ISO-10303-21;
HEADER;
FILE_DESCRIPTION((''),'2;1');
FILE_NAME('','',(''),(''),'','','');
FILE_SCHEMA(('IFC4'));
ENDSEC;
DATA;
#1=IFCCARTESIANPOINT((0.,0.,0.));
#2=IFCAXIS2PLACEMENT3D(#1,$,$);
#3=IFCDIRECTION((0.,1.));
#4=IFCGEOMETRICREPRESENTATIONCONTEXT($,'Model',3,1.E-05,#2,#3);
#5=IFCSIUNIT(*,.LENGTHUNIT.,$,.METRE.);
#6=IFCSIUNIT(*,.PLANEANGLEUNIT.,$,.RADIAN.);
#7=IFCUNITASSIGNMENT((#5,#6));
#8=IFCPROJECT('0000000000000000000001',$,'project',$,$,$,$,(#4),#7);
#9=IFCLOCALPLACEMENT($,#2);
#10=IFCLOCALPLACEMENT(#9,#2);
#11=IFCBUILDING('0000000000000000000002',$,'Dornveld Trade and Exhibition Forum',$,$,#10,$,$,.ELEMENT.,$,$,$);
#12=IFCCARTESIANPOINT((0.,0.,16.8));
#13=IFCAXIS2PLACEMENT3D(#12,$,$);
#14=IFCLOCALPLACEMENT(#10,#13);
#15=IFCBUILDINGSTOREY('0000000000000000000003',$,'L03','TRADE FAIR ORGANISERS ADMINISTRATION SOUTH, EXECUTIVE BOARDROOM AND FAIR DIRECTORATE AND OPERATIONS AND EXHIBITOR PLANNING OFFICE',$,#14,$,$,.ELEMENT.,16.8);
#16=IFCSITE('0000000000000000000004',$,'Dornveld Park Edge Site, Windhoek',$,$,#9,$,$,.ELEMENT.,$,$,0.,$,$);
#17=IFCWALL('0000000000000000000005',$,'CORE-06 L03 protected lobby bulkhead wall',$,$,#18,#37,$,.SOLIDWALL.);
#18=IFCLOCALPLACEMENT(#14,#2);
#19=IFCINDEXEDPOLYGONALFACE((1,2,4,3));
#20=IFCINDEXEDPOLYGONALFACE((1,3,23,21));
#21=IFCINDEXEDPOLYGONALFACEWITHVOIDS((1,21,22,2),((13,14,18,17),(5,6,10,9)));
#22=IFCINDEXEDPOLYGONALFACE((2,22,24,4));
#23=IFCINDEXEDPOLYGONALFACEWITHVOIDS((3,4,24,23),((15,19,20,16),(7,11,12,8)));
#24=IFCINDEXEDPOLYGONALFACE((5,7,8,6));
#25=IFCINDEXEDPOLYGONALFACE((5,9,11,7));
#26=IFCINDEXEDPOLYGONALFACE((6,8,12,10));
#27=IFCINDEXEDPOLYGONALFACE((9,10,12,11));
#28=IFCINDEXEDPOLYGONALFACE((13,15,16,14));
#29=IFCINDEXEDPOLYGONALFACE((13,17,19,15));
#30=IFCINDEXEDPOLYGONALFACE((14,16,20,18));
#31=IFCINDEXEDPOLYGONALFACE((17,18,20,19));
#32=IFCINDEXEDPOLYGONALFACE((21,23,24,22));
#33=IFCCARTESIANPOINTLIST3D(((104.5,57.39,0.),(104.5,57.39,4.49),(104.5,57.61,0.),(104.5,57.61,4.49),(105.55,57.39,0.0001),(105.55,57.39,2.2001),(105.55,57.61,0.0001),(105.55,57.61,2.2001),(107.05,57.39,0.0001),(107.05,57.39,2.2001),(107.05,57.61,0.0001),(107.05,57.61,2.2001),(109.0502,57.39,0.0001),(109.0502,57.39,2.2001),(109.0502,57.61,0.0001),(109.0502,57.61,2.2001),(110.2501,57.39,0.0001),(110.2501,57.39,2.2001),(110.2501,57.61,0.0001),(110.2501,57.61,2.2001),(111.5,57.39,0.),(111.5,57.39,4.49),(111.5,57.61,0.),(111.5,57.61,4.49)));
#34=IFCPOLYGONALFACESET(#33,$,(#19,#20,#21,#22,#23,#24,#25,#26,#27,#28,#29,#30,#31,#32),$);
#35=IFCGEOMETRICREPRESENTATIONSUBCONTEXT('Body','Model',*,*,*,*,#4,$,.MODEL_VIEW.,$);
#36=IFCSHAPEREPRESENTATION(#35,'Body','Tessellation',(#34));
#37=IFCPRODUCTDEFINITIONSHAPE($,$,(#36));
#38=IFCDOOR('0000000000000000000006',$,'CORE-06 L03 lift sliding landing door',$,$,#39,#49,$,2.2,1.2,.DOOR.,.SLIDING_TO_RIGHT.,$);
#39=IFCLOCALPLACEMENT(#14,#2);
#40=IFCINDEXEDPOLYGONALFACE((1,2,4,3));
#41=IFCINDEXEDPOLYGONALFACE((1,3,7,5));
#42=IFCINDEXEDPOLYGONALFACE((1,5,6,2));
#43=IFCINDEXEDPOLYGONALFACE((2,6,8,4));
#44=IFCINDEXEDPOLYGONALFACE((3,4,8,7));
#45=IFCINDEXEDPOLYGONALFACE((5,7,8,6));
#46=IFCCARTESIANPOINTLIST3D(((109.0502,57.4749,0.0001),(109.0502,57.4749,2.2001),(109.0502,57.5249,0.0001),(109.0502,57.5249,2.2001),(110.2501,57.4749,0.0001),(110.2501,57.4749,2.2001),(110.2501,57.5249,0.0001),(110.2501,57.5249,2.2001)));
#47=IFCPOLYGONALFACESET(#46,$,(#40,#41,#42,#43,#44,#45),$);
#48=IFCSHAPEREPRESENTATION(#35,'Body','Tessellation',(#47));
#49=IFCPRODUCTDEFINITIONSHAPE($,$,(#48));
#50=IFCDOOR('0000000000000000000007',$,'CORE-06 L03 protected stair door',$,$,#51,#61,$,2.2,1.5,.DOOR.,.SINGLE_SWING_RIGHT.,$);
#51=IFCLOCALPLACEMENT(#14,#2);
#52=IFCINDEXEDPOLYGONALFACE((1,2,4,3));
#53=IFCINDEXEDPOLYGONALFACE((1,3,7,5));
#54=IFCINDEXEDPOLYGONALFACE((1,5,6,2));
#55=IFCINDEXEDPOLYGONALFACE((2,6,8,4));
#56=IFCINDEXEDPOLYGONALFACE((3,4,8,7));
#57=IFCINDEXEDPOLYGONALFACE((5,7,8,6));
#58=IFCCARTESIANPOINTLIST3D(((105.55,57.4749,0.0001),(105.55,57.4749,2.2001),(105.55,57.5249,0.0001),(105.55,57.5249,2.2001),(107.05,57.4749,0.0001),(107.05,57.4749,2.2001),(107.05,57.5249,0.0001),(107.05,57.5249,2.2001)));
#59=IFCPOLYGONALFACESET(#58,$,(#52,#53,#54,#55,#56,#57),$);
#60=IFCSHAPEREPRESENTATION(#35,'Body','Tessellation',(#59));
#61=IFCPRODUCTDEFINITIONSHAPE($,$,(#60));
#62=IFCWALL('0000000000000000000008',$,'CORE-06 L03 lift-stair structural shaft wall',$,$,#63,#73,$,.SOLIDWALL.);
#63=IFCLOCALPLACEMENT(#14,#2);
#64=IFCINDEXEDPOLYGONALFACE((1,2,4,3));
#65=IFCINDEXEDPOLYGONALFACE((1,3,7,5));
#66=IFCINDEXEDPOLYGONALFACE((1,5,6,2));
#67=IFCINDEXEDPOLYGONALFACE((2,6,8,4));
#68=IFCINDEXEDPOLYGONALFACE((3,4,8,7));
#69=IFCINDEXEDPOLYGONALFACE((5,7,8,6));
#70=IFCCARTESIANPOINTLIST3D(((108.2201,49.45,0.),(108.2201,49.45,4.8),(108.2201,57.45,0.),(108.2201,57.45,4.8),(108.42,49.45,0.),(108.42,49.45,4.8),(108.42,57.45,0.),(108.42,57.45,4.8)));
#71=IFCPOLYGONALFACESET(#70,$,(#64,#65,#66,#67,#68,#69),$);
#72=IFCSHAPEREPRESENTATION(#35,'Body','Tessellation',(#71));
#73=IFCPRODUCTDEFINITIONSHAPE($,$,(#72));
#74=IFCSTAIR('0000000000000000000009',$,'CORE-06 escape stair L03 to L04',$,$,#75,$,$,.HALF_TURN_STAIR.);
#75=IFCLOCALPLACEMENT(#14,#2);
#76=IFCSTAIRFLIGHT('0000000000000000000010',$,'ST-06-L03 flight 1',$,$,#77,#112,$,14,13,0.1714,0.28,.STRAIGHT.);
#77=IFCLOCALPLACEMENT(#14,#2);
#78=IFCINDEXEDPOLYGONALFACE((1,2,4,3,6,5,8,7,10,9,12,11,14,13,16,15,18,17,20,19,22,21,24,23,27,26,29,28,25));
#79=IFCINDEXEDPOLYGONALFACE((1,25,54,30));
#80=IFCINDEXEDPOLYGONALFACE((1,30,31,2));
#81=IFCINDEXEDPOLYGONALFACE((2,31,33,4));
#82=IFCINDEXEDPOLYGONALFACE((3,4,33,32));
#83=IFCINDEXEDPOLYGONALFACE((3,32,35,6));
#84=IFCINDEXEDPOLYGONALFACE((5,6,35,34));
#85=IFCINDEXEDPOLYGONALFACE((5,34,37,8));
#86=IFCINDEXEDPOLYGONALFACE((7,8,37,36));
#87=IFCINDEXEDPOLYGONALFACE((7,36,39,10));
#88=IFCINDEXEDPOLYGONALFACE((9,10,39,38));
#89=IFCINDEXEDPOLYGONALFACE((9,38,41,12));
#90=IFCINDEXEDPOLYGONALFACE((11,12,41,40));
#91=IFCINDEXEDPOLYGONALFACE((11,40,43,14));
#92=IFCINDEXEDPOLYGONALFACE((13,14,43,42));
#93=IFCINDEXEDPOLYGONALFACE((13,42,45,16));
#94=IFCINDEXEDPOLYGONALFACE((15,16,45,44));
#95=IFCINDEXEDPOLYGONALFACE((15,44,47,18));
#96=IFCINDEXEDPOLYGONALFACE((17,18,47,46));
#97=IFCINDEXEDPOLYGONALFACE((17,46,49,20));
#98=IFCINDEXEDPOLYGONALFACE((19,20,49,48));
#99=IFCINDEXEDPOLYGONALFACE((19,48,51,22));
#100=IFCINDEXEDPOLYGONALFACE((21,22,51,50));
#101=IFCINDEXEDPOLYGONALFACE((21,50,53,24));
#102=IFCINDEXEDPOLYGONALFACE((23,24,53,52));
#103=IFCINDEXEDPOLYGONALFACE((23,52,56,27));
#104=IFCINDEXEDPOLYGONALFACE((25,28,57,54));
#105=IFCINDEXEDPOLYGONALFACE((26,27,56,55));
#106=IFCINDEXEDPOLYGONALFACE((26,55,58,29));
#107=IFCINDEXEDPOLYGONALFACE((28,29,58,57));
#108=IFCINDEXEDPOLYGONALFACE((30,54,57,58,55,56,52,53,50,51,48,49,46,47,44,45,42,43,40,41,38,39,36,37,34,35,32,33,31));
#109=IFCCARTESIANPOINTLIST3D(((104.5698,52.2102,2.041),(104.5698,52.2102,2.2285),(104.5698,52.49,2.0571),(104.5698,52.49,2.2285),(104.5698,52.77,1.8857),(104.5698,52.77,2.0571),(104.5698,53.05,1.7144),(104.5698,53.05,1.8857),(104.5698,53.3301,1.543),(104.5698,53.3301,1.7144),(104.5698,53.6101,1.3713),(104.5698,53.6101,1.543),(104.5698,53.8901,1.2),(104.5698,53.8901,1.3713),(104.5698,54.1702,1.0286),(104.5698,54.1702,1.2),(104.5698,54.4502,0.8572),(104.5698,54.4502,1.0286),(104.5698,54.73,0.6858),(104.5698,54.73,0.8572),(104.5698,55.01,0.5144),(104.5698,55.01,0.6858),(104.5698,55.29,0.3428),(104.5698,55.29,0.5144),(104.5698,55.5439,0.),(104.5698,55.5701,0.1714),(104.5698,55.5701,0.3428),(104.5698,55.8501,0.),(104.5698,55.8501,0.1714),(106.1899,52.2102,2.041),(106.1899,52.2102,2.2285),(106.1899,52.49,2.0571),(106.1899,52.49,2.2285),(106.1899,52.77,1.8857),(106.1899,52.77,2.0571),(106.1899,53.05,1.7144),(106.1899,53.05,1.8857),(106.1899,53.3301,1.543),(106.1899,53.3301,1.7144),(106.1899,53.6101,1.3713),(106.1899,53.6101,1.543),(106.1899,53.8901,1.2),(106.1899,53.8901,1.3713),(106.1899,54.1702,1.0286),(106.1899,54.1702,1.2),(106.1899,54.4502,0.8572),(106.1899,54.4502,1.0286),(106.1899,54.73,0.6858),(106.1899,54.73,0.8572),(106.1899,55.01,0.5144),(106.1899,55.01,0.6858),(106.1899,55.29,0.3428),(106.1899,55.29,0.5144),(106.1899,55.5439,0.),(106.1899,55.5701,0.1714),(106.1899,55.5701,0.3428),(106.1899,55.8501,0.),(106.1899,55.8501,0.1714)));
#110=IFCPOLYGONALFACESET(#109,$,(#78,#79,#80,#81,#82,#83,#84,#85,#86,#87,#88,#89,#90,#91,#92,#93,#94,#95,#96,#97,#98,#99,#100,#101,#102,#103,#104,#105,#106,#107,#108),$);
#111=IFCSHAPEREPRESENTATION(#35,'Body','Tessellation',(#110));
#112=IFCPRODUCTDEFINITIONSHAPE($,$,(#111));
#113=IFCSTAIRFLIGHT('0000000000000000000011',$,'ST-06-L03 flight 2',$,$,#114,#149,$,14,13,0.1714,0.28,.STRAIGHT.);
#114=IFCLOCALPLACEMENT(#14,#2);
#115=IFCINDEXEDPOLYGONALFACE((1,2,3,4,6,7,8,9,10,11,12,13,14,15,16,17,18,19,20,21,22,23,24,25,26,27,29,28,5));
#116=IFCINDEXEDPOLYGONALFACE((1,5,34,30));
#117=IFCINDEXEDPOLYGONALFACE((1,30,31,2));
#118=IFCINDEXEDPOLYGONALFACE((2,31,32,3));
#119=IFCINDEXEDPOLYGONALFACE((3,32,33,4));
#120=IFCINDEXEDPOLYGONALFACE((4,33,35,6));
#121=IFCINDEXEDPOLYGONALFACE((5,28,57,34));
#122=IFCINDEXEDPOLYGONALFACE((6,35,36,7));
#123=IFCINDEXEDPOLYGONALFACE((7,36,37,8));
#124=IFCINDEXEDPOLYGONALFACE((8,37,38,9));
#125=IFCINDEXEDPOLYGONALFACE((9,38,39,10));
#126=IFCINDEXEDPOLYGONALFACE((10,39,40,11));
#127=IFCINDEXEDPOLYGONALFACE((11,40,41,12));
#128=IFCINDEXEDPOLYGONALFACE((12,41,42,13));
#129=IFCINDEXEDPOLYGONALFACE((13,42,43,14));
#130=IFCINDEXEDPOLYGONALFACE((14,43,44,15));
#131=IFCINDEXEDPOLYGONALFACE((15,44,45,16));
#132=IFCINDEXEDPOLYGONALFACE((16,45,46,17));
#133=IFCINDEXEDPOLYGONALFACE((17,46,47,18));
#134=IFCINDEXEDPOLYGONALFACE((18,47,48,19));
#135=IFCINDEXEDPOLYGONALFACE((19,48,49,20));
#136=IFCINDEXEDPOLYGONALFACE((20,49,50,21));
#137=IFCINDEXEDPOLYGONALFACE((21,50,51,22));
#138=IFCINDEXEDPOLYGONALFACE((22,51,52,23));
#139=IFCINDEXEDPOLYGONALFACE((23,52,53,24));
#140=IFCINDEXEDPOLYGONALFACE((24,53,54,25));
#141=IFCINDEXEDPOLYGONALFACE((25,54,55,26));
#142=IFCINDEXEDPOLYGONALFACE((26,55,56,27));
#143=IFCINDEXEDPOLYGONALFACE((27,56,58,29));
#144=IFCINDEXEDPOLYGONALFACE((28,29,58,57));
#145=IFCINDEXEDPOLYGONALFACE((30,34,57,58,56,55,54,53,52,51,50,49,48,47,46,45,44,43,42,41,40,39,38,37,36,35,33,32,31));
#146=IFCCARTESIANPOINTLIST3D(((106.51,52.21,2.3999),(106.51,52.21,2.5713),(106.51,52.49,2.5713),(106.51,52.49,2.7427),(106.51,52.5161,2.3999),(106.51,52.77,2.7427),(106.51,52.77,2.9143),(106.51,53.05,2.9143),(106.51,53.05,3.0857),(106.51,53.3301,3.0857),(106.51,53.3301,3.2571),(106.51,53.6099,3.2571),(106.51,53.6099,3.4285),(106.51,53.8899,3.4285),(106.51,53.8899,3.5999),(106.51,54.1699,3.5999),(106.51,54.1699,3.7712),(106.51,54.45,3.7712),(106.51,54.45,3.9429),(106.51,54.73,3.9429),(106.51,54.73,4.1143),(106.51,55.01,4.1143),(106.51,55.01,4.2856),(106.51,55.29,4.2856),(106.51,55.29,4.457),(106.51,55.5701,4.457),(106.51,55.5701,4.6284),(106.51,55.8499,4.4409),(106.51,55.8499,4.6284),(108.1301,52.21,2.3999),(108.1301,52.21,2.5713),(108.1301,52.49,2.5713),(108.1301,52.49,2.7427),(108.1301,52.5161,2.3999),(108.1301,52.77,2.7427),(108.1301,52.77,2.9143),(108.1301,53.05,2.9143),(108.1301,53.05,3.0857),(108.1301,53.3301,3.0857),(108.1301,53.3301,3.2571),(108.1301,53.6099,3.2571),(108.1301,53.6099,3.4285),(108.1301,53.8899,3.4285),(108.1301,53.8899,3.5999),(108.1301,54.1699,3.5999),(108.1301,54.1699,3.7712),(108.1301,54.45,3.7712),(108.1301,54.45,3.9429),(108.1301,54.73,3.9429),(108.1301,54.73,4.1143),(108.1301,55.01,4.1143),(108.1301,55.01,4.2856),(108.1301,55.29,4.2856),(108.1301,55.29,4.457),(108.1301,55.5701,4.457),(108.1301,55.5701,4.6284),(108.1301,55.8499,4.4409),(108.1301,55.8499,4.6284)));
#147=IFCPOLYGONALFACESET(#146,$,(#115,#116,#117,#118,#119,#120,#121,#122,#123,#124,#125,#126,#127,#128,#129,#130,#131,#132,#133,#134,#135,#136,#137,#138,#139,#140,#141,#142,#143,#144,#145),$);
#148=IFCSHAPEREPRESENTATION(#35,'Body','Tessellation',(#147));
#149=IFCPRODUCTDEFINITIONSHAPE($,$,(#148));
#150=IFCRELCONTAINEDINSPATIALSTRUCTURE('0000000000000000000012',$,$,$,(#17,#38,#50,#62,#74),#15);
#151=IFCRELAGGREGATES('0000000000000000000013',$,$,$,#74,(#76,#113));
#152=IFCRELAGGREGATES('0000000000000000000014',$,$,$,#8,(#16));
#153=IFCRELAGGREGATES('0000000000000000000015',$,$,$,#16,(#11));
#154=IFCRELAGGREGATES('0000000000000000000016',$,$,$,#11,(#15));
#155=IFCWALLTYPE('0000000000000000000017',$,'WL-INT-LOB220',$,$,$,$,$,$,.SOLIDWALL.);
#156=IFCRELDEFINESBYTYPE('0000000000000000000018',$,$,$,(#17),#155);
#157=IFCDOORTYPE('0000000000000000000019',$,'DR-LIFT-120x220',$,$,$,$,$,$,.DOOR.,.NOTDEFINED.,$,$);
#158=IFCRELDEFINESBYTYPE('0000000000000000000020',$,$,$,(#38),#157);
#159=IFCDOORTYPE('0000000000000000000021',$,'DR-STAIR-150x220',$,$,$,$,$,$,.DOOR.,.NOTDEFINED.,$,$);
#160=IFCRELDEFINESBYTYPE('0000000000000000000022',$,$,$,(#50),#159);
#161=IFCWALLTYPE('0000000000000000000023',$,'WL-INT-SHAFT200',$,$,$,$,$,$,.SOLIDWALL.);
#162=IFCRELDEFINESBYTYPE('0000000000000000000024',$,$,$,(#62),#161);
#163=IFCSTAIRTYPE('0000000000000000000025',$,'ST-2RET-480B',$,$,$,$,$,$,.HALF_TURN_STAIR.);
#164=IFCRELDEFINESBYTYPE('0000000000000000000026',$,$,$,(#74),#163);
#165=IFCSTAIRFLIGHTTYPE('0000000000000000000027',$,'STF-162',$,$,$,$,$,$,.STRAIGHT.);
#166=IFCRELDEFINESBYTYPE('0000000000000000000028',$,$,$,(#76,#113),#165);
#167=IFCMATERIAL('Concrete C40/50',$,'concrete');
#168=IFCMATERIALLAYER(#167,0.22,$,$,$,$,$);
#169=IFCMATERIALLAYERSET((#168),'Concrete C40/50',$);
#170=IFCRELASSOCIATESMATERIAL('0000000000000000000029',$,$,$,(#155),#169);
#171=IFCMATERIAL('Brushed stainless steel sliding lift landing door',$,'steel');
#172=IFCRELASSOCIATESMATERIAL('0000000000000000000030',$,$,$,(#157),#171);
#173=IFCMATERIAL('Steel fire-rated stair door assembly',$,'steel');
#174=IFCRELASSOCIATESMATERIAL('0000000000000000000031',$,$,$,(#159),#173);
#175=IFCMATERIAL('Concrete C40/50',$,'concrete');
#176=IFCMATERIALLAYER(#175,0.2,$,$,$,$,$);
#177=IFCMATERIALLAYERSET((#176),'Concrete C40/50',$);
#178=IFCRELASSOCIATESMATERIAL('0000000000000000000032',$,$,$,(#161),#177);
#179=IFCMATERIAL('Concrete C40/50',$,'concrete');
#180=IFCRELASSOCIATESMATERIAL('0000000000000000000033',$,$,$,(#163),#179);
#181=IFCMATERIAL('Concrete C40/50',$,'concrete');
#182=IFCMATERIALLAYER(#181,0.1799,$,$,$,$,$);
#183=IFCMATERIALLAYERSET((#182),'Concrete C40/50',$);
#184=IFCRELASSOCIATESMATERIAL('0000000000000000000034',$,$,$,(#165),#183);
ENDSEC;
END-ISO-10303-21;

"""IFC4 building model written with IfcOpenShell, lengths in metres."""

from ifc_helpers import new_model, si_unit, direction, frame, frame_2d, origin, place, context, subcontext, project, spatial, polyline, rectangle, outline, extrude, material, layer, layer_set, type_object, element, fill, aggregate, save


model = new_model("IFC4")

# Units and contexts
model_context = context("Model", 3, precision=1e-05, world=origin(), true_north=direction((0.0, 1.0)))
body_context = subcontext(model_context, "Body", "Model", "MODEL_VIEW")
ifc_project = project(units=[si_unit("LENGTHUNIT", "METRE"), si_unit("PLANEANGLEUNIT", "RADIAN")], contexts=[model_context])

# Site, building, storey
site_placement = place(None, origin())
site = spatial("IfcSite", under=ifc_project, at=site_placement, Name="Dornveld Park Edge Site, Windhoek", CompositionType="ELEMENT", RefElevation=0.0)
building_placement = place(site_placement, origin())
building = spatial("IfcBuilding", under=site, at=building_placement, Name="Dornveld Trade and Exhibition Forum", CompositionType="ELEMENT")
storey_placement = place(building_placement, frame((0.0, 0.0, 16.8)))
storey = spatial("IfcBuildingStorey", under=building, at=storey_placement, Name="L03", Description="TRADE FAIR ORGANISERS ADMINISTRATION SOUTH, EXECUTIVE BOARDROOM AND FAIR DIRECTORATE AND OPERATIONS AND EXHIBITOR PLANNING OFFICE", CompositionType="ELEMENT", Elevation=16.8)

# Wall, openings, doors
ifc_material_1 = material(Name="Concrete C40/50", Category="concrete")
ifc_layer_1 = layer(ifc_material_1, 0.22)
ifc_layer_set_1 = layer_set([ifc_layer_1], Name="Concrete C40/50")
wall_type_1 = type_object("IfcWallType", Name="WL-INT-LOB220", PredefinedType="SOLIDWALL", material=ifc_layer_set_1)
wall_1_placement = place(storey_placement, frame((104.5, 57.5, 0.0), z_axis=(0.0, 0.0, 1.0), x_axis=(1.0, 0.0, 0.0)))
wall_1 = element("IfcWall", 1, at=wall_1_placement, inside=storey, type_object=wall_type_1, Name="CORE-06 L03 protected lobby bulkhead wall", PredefinedType="SOLIDWALL", context=body_context, shape_type="SweptSolid", body=[
    extrude(rectangle(XDim=7.0, YDim=0.22, at=frame_2d((3.5, 0.0))), origin(), (0.0, 0.0, 1.0), 4.49),
])
opening_1_placement = place(wall_1_placement, frame((1.05, 0.0, 0.0)))
opening_1 = element("IfcOpeningElement", 2, at=opening_1_placement, cuts=wall_1, PredefinedType="OPENING", context=body_context, shape_type="SweptSolid", body=[
    extrude(rectangle(XDim=1.5, YDim=2.2, at=frame_2d((0.75, 1.1001))), frame((0.0, 0.1199, 0.0), z_axis=(0.0, -1.0, 0.0), x_axis=(1.0, 0.0, 0.0)), (0.0, 0.0, 1.0), 0.24),
])
opening_2_placement = place(wall_1_placement, frame((4.55, 0.0, 0.0)))
opening_2 = element("IfcOpeningElement", 3, at=opening_2_placement, cuts=wall_1, PredefinedType="OPENING", context=body_context, shape_type="SweptSolid", body=[
    extrude(rectangle(XDim=1.2, YDim=2.2, at=frame_2d((0.6001, 1.1001))), frame((0.0, 0.1199, 0.0), z_axis=(0.0, -1.0, 0.0), x_axis=(1.0, 0.0, 0.0)), (0.0, 0.0, 1.0), 0.24),
])
ifc_material_2 = material(Name="Brushed stainless steel sliding lift landing door", Category="steel")
door_type_1 = type_object("IfcDoorType", Name="DR-LIFT-120x220", OperationType="NOTDEFINED", PredefinedType="DOOR", material=ifc_material_2)
door_1_placement = place(opening_2_placement, origin())
door_1 = element("IfcDoor", 4, at=door_1_placement, inside=storey, type_object=door_type_1, Name="CORE-06 L03 lift sliding landing door", OperationType="SLIDING_TO_RIGHT", OverallHeight=2.2, OverallWidth=1.2, PredefinedType="DOOR", context=body_context, shape_type="SweptSolid", body=[
    extrude(rectangle(XDim=1.2, YDim=2.2, at=frame_2d((0.6001, 1.1001))), frame((0.0, 0.0249, 0.0), z_axis=(0.0, -1.0, 0.0), x_axis=(1.0, 0.0, 0.0)), (0.0, 0.0, 1.0), 0.05),
])
fill(opening_2, door_1)
ifc_material_3 = material(Name="Steel fire-rated stair door assembly", Category="steel")
door_type_2 = type_object("IfcDoorType", Name="DR-STAIR-150x220", OperationType="NOTDEFINED", PredefinedType="DOOR", material=ifc_material_3)
door_2_placement = place(opening_1_placement, origin())
door_2 = element("IfcDoor", 5, at=door_2_placement, inside=storey, type_object=door_type_2, Name="CORE-06 L03 protected stair door", OperationType="SINGLE_SWING_RIGHT", OverallHeight=2.2, OverallWidth=1.5, PredefinedType="DOOR", context=body_context, shape_type="SweptSolid", body=[
    extrude(rectangle(XDim=1.5, YDim=2.2, at=frame_2d((0.75, 1.1001))), frame((0.0, 0.0249, 0.0), z_axis=(0.0, -1.0, 0.0), x_axis=(1.0, 0.0, 0.0)), (0.0, 0.0, 1.0), 0.05),
])
fill(opening_1, door_2)

# Wall
ifc_material_4 = material(Name="Concrete C40/50", Category="concrete")
ifc_layer_2 = layer(ifc_material_4, 0.2)
ifc_layer_set_2 = layer_set([ifc_layer_2], Name="Concrete C40/50")
wall_type_2 = type_object("IfcWallType", Name="WL-INT-SHAFT200", PredefinedType="SOLIDWALL", material=ifc_layer_set_2)
wall_2_placement = place(storey_placement, frame((108.3201, 49.45, 0.0), z_axis=(0.0, 0.0, 1.0), x_axis=(0.0, 1.0, 0.0)))
element("IfcWall", 6, at=wall_2_placement, inside=storey, type_object=wall_type_2, Name="CORE-06 L03 lift-stair structural shaft wall", PredefinedType="SOLIDWALL", context=body_context, shape_type="SweptSolid", body=[
    extrude(rectangle(XDim=8.0, YDim=0.2, at=frame_2d((4.0, 0.0))), origin(), (0.0, 0.0, 1.0), 4.8),
])

# Stair, stair flights
ifc_material_5 = material(Name="Concrete C40/50", Category="concrete")
stair_type = type_object("IfcStairType", Name="ST-2RET-480B", PredefinedType="HALF_TURN_STAIR", material=ifc_material_5)
stair_placement = place(storey_placement, origin())
stair = element("IfcStair", 7, at=stair_placement, inside=storey, type_object=stair_type, Name="CORE-06 escape stair L03 to L04", PredefinedType="HALF_TURN_STAIR")
ifc_material_6 = material(Name="Concrete C40/50", Category="concrete")
ifc_layer_3 = layer(ifc_material_6, 0.1799)
ifc_layer_set_3 = layer_set([ifc_layer_3], Name="Concrete C40/50")
stair_flight_type = type_object("IfcStairFlightType", Name="STF-162", PredefinedType="STRAIGHT", material=ifc_layer_set_3)
stair_flight_1_placement = place(storey_placement, frame((105.3799, 55.8501, 0.0), z_axis=(0.0, 0.0, 1.0), x_axis=(0.0, -1.0, 0.0)))
stair_flight_1 = element("IfcStairFlight", 8, at=stair_flight_1_placement, type_object=stair_flight_type, Name="ST-06-L03 flight 1", NumberOfRisers=14, NumberOfTreads=13, PredefinedType="STRAIGHT", RiserHeight=0.1714, TreadLength=0.28, context=body_context, shape_type="SweptSolid", body=[
    extrude(outline(polyline([(0.0, 0.0), (0.0, 0.1714), (0.28, 0.1714), (0.28, 0.3428), (0.5601, 0.3428), (0.5601, 0.5144), (0.8401, 0.5144), (0.8401, 0.6858), (1.1201, 0.6858), (1.1201, 0.8572), (1.3999, 0.8572), (1.3999, 1.0286), (1.6799, 1.0286), (1.6799, 1.2), (1.96, 1.2), (1.96, 1.3713), (2.24, 1.3713), (2.24, 1.543), (2.52, 1.543), (2.52, 1.7144), (2.8, 1.7144), (2.8, 1.8857), (3.0801, 1.8857), (3.0801, 2.0571), (3.3601, 2.0571), (3.3601, 2.2285), (3.6399, 2.2285), (3.6399, 2.3999), (3.6399, 2.041), (0.3062, 0.0), (0.0, 0.0)])), frame((0.0, 0.8101, 0.0), z_axis=(0.0, -1.0, 0.0), x_axis=(1.0, 0.0, 0.0)), (0.0, 0.0, 1.0), 1.6201),
])
stair_flight_2_placement = place(storey_placement, frame((107.3201, 52.21, 2.3999), z_axis=(0.0, 0.0, 1.0), x_axis=(0.0, 1.0, 0.0)))
stair_flight_2 = element("IfcStairFlight", 9, at=stair_flight_2_placement, type_object=stair_flight_type, Name="ST-06-L03 flight 2", NumberOfRisers=14, NumberOfTreads=13, PredefinedType="STRAIGHT", RiserHeight=0.1714, TreadLength=0.28, context=body_context, shape_type="SweptSolid", body=[
    extrude(outline(polyline([(0.0, 0.0), (0.0, 0.1714), (0.28, 0.1714), (0.28, 0.3428), (0.5601, 0.3428), (0.5601, 0.5144), (0.8401, 0.5144), (0.8401, 0.6858), (1.1201, 0.6858), (1.1201, 0.8572), (1.3999, 0.8572), (1.3999, 1.0286), (1.6799, 1.0286), (1.6799, 1.2), (1.96, 1.2), (1.96, 1.3713), (2.24, 1.3713), (2.24, 1.543), (2.52, 1.543), (2.52, 1.7144), (2.8, 1.7144), (2.8, 1.8857), (3.0801, 1.8857), (3.0801, 2.0571), (3.3601, 2.0571), (3.3601, 2.2285), (3.6399, 2.2285), (3.6399, 2.3999), (3.6399, 2.041), (0.3062, 0.0), (0.0, 0.0)])), frame((0.0, 0.8101, 0.0), z_axis=(0.0, -1.0, 0.0), x_axis=(1.0, 0.0, 0.0)), (0.0, 0.0, 1.0), 1.6201),
])
aggregate(stair, [stair_flight_1, stair_flight_2])

save(model, "model.ifc")
